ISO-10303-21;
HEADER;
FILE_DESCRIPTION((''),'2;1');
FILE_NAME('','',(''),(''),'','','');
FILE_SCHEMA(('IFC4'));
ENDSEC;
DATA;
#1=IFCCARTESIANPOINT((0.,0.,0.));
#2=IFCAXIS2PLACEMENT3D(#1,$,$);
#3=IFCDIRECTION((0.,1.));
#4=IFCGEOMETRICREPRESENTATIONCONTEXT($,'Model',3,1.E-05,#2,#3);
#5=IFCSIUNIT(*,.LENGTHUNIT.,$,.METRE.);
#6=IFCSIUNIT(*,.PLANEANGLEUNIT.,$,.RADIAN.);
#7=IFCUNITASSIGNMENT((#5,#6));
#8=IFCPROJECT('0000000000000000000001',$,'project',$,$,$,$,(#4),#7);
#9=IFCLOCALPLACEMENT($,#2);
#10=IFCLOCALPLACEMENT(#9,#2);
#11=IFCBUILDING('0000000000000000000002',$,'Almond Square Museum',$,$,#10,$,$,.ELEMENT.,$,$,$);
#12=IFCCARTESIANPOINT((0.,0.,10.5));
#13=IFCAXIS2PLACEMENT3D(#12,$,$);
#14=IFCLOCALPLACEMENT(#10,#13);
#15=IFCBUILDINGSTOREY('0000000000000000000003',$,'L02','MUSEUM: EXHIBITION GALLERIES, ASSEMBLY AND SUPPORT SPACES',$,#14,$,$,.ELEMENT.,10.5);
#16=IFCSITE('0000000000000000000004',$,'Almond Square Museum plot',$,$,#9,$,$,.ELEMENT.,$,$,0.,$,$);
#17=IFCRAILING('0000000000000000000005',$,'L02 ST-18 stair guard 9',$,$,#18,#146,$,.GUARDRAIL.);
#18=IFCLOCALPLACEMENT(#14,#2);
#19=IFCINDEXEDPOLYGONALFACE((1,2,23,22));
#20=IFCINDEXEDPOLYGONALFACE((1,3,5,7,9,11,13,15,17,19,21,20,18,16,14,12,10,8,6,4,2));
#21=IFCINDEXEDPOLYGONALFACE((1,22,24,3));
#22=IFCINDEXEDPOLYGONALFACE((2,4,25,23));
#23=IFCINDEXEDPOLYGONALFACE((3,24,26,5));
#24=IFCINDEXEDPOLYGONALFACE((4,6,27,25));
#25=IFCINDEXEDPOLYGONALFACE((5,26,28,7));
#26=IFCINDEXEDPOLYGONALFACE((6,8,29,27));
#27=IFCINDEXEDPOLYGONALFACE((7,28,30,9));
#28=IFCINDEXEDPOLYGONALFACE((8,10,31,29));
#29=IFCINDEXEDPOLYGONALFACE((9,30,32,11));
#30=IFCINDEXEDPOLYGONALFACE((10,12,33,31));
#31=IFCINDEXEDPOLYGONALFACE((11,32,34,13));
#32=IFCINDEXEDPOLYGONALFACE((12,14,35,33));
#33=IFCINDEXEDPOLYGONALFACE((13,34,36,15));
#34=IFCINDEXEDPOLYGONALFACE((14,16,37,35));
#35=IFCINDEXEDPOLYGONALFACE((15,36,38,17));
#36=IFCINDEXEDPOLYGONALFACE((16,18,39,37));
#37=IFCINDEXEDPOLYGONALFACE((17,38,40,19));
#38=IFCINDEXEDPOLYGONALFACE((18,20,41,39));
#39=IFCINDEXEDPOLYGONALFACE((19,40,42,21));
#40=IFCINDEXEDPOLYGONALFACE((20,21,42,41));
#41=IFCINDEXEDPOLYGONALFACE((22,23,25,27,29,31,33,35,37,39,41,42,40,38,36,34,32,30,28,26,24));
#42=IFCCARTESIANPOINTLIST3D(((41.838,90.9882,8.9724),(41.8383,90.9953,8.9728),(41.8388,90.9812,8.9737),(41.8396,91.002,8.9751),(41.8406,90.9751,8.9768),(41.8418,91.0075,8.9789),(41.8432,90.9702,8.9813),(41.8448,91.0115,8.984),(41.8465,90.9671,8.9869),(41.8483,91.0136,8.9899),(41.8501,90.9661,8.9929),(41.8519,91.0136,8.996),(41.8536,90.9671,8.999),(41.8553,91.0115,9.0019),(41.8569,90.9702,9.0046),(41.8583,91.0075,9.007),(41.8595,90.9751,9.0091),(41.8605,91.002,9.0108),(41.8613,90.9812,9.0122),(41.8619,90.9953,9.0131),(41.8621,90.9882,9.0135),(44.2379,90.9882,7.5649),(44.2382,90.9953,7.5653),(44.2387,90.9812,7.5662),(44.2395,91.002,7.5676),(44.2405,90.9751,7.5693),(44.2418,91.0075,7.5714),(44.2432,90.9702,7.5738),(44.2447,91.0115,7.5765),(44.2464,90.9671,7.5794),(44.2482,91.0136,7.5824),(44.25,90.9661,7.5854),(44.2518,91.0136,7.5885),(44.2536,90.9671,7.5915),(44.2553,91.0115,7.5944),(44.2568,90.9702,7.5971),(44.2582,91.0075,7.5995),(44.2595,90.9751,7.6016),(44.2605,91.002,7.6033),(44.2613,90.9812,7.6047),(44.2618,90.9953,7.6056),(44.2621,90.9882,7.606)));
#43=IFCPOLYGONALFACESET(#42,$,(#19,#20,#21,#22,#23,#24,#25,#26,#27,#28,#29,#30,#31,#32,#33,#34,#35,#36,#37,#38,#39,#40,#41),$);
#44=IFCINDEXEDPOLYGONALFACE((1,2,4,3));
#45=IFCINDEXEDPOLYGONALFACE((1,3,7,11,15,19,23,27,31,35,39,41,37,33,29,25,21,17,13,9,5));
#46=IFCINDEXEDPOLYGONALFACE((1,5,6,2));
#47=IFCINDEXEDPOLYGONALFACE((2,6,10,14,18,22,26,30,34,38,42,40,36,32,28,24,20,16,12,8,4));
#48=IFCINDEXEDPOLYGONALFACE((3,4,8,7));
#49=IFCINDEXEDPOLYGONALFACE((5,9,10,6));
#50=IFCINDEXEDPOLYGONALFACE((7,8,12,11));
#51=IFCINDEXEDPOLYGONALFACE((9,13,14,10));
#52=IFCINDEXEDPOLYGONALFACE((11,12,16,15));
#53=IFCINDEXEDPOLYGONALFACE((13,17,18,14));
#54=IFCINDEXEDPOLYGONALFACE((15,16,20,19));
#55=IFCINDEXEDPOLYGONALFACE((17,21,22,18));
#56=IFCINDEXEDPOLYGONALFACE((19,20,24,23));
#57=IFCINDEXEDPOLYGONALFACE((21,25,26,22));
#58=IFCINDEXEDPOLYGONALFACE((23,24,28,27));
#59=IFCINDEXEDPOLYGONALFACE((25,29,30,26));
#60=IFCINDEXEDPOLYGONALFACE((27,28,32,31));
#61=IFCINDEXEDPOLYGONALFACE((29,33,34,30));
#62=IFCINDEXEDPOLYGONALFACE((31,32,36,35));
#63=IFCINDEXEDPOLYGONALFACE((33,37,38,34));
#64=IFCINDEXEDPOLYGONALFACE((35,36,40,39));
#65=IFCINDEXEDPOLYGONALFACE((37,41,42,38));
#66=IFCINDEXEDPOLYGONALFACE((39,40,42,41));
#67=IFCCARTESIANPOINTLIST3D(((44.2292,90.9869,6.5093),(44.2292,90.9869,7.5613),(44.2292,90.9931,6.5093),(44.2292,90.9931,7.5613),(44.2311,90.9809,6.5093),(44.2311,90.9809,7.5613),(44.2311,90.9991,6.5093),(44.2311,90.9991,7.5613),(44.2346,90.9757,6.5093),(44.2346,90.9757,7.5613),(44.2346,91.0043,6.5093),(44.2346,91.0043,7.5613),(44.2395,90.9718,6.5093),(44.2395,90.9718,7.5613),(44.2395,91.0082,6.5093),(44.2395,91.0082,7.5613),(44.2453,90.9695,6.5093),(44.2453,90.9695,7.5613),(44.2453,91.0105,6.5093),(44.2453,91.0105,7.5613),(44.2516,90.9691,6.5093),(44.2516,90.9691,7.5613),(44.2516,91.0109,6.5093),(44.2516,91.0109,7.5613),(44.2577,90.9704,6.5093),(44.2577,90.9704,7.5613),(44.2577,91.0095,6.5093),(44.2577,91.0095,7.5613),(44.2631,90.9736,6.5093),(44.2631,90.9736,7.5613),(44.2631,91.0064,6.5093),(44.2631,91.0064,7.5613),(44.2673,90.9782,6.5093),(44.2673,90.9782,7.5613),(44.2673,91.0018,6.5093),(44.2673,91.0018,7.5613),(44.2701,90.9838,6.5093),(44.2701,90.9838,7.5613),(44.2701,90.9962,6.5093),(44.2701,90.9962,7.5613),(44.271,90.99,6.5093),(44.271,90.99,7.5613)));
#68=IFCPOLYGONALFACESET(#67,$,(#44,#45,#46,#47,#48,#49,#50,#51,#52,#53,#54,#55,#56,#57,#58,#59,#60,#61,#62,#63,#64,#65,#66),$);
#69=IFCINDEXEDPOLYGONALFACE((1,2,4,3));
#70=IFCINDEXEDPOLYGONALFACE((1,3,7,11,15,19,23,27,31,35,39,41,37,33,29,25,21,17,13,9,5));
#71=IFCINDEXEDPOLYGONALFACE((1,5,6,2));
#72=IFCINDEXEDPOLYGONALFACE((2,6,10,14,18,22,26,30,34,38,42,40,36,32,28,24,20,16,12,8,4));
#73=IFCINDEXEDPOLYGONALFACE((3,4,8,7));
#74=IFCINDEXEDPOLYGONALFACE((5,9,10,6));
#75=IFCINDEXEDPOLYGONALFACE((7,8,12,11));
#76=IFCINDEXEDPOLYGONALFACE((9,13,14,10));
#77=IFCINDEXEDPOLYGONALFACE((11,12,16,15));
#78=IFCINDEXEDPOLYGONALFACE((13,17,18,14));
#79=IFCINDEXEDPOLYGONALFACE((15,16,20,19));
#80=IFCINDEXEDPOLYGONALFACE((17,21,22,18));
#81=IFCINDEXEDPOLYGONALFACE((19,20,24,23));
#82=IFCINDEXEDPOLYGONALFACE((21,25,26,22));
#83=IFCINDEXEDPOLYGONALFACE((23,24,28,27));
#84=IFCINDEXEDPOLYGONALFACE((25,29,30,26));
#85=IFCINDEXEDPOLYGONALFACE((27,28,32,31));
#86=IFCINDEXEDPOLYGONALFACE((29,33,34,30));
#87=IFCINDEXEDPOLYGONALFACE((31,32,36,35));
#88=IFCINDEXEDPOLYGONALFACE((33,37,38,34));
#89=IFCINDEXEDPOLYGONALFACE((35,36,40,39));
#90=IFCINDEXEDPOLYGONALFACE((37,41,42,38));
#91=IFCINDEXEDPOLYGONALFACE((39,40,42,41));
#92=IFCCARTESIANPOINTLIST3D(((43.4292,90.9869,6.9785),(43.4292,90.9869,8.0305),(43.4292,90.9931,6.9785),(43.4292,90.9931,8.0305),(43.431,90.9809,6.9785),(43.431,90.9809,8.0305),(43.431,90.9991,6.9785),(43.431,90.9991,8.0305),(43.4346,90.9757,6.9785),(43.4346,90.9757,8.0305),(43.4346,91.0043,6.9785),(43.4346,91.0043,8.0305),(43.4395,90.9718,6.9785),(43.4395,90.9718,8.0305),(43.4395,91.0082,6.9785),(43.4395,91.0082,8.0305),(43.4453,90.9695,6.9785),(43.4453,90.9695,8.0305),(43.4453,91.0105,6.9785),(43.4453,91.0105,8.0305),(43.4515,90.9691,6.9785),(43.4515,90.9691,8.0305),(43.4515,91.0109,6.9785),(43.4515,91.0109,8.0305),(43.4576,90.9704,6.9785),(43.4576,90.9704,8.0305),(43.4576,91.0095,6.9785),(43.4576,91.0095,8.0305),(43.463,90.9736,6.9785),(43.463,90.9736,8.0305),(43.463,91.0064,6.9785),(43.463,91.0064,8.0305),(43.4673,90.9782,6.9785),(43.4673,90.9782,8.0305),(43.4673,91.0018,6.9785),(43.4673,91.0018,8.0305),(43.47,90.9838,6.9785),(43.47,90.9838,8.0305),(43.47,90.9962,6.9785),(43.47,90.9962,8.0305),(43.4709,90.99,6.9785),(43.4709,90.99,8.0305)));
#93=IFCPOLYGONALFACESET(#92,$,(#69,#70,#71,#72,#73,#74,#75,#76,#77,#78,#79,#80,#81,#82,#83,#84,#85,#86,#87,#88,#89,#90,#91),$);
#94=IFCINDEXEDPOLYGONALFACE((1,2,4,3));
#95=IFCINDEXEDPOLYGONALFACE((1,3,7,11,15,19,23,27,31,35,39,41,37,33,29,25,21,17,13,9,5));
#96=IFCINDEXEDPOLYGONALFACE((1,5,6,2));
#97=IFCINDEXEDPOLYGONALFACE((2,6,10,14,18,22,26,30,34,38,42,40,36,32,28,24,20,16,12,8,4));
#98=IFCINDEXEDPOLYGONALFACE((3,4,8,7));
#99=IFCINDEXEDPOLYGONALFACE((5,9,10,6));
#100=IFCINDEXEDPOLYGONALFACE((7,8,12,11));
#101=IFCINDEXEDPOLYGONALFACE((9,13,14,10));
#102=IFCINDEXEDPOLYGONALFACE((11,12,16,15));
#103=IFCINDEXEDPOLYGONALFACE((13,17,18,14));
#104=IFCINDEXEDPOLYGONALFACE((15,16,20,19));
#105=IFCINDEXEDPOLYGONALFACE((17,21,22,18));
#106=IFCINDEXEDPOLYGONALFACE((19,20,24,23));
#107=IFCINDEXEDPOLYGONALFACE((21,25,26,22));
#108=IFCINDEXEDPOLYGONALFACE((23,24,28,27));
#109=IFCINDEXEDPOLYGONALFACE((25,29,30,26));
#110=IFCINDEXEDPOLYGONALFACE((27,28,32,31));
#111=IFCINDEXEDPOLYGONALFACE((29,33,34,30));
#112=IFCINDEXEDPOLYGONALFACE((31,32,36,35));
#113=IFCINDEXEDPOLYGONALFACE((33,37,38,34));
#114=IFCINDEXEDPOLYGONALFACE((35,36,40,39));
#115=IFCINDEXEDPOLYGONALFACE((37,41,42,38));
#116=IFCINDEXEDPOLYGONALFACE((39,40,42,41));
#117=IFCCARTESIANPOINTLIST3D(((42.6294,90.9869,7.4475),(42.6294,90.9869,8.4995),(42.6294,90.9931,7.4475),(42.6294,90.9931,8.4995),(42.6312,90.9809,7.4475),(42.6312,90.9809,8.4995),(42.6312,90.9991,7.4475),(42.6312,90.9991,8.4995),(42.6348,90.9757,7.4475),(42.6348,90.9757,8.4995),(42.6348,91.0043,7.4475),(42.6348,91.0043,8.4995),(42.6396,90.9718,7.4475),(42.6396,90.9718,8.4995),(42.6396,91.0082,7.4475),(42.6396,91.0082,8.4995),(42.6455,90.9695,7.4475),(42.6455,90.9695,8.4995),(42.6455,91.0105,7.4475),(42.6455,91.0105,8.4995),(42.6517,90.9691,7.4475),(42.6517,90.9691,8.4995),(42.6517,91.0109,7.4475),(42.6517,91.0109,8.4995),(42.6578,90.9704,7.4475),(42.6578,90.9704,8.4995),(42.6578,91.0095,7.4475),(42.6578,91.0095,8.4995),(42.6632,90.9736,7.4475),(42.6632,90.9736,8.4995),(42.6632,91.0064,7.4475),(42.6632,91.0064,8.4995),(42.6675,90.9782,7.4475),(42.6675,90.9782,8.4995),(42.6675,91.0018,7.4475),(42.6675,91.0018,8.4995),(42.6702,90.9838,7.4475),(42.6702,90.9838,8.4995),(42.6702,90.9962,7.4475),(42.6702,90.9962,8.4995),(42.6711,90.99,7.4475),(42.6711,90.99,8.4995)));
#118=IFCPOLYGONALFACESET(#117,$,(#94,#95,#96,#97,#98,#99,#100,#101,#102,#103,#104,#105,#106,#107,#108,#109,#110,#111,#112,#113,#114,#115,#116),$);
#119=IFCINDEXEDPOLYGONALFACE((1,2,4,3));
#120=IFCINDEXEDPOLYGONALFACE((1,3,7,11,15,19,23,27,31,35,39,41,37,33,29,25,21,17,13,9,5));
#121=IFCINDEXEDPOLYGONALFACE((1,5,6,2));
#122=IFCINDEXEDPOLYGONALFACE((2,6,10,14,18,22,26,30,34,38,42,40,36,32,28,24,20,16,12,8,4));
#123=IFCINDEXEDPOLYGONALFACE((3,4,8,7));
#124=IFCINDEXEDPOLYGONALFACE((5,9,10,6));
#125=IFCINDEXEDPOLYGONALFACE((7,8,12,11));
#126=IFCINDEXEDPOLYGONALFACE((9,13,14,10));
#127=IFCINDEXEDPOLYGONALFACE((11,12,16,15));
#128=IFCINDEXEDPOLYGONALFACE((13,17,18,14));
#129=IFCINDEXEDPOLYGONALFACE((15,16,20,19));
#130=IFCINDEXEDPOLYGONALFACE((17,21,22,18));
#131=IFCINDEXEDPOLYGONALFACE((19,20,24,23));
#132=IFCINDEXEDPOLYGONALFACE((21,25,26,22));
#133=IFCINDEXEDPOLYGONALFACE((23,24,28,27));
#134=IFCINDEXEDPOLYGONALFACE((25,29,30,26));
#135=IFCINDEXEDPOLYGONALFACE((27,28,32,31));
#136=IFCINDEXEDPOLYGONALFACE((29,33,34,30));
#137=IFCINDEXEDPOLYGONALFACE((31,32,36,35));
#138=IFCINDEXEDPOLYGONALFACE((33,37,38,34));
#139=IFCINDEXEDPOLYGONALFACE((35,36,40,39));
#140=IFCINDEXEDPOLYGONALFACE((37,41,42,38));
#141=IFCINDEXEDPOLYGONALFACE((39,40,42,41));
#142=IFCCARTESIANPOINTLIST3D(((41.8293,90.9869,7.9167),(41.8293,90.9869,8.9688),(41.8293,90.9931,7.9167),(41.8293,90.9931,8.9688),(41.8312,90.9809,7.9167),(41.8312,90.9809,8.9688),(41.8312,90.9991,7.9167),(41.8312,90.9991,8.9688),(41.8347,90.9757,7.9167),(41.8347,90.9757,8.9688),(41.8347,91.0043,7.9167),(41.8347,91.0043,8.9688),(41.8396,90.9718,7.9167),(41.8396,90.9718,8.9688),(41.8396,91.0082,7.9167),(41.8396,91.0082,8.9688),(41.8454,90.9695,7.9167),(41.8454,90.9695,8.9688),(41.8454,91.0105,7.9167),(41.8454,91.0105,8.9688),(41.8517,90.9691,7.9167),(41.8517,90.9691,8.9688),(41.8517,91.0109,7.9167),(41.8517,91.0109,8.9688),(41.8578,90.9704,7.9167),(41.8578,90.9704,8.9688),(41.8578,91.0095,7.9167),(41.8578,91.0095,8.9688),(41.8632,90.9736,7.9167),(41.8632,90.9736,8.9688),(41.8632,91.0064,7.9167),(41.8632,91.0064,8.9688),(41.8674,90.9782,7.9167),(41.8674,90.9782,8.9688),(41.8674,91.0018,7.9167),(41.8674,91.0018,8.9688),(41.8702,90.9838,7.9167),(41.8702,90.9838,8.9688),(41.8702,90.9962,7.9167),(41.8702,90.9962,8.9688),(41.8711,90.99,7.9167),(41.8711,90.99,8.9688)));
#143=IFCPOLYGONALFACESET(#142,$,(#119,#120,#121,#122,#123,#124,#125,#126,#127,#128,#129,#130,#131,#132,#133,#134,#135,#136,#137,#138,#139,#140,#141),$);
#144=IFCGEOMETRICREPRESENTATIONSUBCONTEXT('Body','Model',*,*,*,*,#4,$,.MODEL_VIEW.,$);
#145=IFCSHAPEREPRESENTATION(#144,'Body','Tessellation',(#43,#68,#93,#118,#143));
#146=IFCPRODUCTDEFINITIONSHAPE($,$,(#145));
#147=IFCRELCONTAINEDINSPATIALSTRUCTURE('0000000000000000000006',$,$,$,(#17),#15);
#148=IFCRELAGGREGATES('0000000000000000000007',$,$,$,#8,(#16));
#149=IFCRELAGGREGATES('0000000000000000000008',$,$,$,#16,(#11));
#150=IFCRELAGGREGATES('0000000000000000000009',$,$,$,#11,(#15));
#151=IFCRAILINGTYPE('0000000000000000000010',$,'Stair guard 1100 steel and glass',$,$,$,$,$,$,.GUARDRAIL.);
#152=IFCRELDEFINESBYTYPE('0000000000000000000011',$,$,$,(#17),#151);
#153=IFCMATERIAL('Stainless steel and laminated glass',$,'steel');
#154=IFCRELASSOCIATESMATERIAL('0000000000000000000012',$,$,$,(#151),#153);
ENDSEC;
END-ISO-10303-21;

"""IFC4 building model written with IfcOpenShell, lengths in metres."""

from ifc_helpers import new_model, si_unit, direction, frame, origin, origin_2d, place, context, subcontext, project, spatial, circle, extrude, material, type_object, element, save


model = new_model("IFC4")

# Units and contexts
model_context = context("Model", 3, precision=1e-05, world=origin(), true_north=direction((0.0, 1.0)))
body_context = subcontext(model_context, "Body", "Model", "MODEL_VIEW")
ifc_project = project(units=[si_unit("LENGTHUNIT", "METRE"), si_unit("PLANEANGLEUNIT", "RADIAN")], contexts=[model_context])

# Site, building, storey
site_placement = place(None, origin())
site = spatial("IfcSite", under=ifc_project, at=site_placement, Name="Almond Square Museum plot", CompositionType="ELEMENT", RefElevation=0.0)
building_placement = place(site_placement, origin())
building = spatial("IfcBuilding", under=site, at=building_placement, Name="Almond Square Museum", CompositionType="ELEMENT")
storey_placement = place(building_placement, frame((0.0, 0.0, 10.5)))
storey = spatial("IfcBuildingStorey", under=building, at=storey_placement, Name="L02", Description="MUSEUM: EXHIBITION GALLERIES, ASSEMBLY AND SUPPORT SPACES", CompositionType="ELEMENT", Elevation=10.5)

# Railing
ifc_material_1 = material(Name="Stainless steel and laminated glass", Category="steel")
railing_type_1 = type_object("IfcRailingType", Name="Stair guard 1100 steel and glass", PredefinedType="GUARDRAIL", material=ifc_material_1)
railing_1_placement = place(storey_placement, frame((44.25, 90.99, 6.5093)))
element("IfcRailing", 1, at=railing_1_placement, inside=storey, type_object=railing_type_1, Name="L02 ST-18 stair guard 9", PredefinedType="GUARDRAIL", context=body_context, shape_type="SweptSolid", body=[
    extrude(circle(Radius=0.0239, at=origin_2d()), frame((0.0, 0.0, 1.0762), z_axis=(-0.862599, 0.0, 0.505888), x_axis=(0.0, -1.0, 0.0)), (0.0, 0.0, 1.0), 2.7822),
    extrude(circle(Radius=0.021, at=origin_2d()), origin(), (0.0, 0.0, 1.0), 1.052),
    extrude(circle(Radius=0.021, at=origin_2d()), frame((-0.8, 0.0, 0.4692)), (0.0, 0.0, 1.0), 1.052),
    extrude(circle(Radius=0.021, at=origin_2d()), frame((-1.5999, 0.0, 0.9382)), (0.0, 0.0, 1.0), 1.052),
    extrude(circle(Radius=0.021, at=origin_2d()), frame((-2.3999, 0.0, 1.4075)), (0.0, 0.0, 1.0), 1.052),
])

save(model, "model.ifc")
